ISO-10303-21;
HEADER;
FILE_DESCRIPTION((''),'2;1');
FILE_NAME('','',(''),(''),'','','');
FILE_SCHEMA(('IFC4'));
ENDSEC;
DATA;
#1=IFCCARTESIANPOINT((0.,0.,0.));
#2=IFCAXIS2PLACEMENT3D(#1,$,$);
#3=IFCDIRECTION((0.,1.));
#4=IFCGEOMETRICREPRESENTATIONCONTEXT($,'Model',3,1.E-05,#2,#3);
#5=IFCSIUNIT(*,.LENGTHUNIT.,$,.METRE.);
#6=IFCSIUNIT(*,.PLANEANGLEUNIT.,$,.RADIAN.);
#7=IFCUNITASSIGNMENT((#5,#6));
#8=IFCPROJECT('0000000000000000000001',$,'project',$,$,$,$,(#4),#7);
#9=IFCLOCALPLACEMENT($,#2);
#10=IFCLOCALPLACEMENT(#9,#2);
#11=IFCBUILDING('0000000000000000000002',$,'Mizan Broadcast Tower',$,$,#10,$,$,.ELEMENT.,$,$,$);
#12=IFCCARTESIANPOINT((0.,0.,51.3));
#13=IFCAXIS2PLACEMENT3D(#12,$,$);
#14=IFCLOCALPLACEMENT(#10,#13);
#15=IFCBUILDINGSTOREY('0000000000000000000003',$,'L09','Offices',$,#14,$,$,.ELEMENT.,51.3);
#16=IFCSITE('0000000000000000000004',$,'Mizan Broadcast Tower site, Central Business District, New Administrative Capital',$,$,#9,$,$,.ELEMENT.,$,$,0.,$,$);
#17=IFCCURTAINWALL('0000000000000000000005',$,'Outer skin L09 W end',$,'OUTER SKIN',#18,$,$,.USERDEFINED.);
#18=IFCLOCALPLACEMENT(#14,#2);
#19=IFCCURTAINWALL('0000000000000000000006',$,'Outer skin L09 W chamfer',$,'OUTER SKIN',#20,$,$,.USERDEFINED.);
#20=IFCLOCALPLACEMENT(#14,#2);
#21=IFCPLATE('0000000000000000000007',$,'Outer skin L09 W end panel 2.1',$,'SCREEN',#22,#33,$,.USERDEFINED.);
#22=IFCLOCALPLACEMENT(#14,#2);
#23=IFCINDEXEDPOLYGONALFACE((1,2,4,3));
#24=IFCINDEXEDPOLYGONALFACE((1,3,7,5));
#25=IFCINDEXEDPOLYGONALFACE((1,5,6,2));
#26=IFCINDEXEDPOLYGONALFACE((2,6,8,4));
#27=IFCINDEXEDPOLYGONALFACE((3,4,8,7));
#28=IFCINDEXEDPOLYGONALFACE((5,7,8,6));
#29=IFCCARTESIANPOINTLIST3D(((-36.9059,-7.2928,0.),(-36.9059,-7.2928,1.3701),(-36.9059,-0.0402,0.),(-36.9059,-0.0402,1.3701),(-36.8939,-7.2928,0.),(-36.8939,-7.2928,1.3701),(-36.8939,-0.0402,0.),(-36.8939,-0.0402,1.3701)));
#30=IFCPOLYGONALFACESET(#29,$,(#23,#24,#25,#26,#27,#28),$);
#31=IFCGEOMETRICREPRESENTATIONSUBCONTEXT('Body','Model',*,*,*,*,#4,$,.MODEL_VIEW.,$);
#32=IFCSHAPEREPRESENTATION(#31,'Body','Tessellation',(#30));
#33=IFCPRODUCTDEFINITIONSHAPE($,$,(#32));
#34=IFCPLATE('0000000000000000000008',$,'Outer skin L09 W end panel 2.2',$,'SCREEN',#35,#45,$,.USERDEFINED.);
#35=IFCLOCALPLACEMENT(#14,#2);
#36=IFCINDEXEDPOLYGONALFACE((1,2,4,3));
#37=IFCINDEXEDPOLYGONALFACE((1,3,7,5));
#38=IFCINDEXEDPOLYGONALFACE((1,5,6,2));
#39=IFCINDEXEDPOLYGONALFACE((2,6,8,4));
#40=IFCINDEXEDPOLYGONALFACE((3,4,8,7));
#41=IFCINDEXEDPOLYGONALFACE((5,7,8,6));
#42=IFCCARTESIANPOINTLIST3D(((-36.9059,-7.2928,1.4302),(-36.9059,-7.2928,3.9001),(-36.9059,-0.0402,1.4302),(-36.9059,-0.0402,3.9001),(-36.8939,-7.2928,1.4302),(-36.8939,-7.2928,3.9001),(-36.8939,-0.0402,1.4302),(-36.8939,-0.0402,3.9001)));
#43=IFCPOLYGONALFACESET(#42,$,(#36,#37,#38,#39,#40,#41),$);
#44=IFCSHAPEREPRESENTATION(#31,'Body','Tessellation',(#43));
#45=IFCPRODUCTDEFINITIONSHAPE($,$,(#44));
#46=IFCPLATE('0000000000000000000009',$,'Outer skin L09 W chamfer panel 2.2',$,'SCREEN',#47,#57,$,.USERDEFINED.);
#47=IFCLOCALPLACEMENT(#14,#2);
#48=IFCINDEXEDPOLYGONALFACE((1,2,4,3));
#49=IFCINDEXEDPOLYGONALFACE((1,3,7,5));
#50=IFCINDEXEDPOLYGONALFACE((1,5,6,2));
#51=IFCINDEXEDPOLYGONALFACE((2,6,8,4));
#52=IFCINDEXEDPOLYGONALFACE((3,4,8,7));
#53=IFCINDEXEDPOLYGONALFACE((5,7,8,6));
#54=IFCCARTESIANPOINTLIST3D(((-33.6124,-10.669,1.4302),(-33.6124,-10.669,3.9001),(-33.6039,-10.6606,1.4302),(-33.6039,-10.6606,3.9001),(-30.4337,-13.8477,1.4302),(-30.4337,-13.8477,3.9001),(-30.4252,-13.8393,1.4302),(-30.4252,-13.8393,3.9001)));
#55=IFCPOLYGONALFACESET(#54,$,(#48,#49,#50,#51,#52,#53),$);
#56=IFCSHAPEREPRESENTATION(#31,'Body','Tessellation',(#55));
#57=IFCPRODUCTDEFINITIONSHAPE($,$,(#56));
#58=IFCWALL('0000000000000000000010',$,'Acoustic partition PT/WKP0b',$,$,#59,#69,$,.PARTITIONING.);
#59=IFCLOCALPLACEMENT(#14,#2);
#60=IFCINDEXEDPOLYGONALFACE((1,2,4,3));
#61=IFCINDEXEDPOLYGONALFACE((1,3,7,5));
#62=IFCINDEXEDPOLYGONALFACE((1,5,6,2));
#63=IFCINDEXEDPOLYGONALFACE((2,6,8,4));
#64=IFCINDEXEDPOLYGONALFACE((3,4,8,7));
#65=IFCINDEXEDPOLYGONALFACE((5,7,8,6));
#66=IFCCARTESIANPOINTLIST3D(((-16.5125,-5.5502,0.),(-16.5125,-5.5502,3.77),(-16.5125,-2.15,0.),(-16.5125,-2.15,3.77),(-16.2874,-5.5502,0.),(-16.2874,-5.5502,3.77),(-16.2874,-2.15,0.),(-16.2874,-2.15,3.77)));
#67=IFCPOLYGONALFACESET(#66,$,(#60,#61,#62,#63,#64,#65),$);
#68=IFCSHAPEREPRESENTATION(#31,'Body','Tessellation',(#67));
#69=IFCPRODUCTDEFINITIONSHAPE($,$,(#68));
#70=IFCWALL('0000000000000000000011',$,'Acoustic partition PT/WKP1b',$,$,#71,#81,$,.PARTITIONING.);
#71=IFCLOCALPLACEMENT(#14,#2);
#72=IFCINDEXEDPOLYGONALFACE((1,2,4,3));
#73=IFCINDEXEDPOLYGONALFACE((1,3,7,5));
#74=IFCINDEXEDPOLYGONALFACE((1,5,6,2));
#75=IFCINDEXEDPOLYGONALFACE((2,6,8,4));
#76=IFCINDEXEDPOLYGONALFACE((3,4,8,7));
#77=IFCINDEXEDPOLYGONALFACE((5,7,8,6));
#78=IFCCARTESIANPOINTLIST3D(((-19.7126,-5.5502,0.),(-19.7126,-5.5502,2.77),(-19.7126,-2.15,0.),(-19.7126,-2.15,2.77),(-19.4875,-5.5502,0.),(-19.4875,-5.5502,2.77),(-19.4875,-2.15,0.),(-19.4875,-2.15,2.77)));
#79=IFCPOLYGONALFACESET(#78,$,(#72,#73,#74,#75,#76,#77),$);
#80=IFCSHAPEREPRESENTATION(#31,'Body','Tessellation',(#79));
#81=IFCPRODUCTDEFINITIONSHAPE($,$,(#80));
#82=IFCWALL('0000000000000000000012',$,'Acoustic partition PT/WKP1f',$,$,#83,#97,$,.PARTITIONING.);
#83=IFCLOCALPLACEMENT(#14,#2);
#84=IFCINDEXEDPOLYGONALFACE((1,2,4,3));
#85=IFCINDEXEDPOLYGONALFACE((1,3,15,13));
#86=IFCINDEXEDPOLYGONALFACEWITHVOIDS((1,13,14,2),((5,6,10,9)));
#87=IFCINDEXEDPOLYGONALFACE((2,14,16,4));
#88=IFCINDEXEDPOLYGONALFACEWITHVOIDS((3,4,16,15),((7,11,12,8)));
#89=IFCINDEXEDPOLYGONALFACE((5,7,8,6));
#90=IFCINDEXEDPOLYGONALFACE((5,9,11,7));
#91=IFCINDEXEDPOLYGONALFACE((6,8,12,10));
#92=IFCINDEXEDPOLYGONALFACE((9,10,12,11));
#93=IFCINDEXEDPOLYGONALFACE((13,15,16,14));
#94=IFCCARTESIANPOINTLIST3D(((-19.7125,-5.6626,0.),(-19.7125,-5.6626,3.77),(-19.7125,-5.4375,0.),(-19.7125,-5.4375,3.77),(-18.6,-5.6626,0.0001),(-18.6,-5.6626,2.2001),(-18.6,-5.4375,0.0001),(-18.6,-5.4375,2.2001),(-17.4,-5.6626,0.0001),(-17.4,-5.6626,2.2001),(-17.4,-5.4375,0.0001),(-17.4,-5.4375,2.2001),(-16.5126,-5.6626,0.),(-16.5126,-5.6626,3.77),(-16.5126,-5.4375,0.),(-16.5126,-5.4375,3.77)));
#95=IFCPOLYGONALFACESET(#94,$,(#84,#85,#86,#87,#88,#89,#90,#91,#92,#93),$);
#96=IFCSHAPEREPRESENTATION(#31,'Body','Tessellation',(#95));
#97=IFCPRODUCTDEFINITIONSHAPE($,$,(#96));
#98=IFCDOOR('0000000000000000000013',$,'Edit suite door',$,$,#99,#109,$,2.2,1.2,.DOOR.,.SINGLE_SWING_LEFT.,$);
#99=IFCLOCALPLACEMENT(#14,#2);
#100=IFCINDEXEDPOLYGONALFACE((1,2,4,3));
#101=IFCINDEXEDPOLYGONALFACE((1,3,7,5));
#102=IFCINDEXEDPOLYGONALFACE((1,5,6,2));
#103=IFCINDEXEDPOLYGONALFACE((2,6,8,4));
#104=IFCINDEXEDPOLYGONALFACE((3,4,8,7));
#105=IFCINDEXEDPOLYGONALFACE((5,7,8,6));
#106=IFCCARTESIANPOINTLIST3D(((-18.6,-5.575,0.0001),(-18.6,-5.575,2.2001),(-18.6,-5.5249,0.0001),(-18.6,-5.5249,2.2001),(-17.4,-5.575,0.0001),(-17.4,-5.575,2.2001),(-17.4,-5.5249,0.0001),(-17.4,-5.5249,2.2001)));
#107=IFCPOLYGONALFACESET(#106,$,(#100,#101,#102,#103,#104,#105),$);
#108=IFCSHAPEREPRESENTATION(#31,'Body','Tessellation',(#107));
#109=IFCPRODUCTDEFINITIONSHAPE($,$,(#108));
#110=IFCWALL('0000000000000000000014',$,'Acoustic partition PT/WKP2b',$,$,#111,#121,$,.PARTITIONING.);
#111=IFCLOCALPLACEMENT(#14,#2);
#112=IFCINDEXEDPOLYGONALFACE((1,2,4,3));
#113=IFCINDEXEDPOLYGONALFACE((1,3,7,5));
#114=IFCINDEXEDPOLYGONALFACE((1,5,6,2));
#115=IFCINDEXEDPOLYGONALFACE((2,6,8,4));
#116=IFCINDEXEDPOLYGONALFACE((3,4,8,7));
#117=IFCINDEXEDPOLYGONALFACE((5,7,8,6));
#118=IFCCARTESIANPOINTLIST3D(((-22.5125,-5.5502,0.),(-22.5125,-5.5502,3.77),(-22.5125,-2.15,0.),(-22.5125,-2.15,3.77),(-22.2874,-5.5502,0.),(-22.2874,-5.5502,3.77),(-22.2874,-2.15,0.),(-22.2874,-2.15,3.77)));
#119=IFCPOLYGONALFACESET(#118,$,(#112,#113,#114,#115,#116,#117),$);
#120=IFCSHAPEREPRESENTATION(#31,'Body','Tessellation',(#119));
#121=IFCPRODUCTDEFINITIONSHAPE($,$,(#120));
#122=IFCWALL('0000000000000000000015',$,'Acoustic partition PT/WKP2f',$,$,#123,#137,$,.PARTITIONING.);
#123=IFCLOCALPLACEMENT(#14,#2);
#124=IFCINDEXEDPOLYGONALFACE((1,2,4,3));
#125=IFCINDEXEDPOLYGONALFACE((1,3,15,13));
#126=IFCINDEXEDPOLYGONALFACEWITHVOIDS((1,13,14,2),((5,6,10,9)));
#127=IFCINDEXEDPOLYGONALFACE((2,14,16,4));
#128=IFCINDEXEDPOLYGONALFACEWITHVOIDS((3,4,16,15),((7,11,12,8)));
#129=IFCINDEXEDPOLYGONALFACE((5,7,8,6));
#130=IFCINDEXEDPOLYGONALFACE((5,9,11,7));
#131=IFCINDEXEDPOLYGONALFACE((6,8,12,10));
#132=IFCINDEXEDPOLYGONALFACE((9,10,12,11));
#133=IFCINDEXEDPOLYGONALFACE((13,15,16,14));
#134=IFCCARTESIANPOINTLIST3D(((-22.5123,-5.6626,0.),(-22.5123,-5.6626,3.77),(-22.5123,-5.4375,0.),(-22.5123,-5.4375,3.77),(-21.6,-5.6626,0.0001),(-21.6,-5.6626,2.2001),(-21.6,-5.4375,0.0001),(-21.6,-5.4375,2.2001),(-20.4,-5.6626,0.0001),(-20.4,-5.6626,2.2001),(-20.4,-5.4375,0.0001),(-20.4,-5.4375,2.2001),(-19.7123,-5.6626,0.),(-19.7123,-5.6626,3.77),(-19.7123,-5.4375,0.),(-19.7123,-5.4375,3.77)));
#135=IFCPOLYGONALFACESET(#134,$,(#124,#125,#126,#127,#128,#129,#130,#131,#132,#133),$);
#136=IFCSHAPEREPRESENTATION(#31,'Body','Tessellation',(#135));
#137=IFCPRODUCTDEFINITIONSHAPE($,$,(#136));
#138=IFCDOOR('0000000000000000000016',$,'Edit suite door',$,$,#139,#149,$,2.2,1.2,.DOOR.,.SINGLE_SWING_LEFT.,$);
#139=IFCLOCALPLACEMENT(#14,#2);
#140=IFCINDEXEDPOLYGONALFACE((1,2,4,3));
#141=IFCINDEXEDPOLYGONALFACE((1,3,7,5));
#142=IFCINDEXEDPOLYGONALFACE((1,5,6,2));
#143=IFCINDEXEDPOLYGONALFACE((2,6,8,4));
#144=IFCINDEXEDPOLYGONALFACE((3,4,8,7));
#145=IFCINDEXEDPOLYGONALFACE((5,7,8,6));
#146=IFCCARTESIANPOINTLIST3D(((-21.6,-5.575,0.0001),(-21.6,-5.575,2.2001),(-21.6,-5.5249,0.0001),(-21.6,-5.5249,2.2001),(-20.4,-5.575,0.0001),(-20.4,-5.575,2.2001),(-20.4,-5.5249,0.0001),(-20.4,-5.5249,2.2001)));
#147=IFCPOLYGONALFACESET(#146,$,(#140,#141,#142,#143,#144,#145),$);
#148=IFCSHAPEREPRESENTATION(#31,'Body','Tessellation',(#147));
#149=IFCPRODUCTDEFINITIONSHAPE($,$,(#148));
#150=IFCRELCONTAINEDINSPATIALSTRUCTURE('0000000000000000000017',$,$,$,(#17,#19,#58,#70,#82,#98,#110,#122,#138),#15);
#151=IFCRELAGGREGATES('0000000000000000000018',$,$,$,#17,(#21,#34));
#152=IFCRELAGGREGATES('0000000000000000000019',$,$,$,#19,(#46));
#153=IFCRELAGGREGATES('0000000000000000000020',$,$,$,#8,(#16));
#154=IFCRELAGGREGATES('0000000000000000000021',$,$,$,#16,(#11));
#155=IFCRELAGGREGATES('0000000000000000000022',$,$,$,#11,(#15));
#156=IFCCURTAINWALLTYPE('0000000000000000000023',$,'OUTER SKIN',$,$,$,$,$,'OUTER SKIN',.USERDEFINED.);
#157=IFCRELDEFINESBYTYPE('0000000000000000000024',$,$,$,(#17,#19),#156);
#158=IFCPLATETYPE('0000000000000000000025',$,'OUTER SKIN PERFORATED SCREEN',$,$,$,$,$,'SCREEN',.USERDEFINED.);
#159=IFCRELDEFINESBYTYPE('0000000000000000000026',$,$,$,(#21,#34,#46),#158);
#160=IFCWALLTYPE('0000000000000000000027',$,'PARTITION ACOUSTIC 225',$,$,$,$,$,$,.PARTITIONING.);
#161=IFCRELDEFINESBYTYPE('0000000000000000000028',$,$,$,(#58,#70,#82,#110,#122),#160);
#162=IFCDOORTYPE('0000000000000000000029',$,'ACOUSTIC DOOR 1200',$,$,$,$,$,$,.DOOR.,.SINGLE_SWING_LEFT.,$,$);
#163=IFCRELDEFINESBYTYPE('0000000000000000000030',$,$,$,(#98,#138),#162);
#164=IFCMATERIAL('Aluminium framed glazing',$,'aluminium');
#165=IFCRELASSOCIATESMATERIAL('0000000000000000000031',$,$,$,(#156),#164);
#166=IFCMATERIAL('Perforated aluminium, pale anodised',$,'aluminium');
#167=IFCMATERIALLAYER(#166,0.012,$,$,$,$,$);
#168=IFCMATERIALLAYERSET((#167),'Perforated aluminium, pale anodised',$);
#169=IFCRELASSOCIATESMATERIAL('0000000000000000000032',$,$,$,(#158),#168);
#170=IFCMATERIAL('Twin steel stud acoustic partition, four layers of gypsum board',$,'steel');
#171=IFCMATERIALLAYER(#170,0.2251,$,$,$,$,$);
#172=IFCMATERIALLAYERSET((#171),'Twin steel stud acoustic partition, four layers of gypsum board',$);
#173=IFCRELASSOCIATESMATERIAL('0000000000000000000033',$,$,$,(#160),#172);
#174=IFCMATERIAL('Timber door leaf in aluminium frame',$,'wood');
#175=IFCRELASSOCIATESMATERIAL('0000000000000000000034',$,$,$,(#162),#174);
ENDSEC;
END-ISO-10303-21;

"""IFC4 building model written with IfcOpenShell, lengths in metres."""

from ifc_helpers import new_model, si_unit, direction, frame, frame_2d, origin, origin_2d, place, context, subcontext, project, spatial, rectangle, extrude, material, layer, layer_set, type_object, element, fill, aggregate, save


model = new_model("IFC4")

# Units and contexts
model_context = context("Model", 3, precision=1e-05, world=origin(), true_north=direction((0.0, 1.0)))
body_context = subcontext(model_context, "Body", "Model", "MODEL_VIEW")
ifc_project = project(units=[si_unit("LENGTHUNIT", "METRE"), si_unit("PLANEANGLEUNIT", "RADIAN")], contexts=[model_context])

# Site, building, storey
site_placement = place(None, origin())
site = spatial("IfcSite", under=ifc_project, at=site_placement, Name="Mizan Broadcast Tower site, Central Business District, New Administrative Capital", CompositionType="ELEMENT", RefElevation=0.0)
building_placement = place(site_placement, origin())
building = spatial("IfcBuilding", under=site, at=building_placement, Name="Mizan Broadcast Tower", CompositionType="ELEMENT")
storey_placement = place(building_placement, frame((0.0, 0.0, 51.3)))
storey = spatial("IfcBuildingStorey", under=building, at=storey_placement, Name="L09", Description="Offices", CompositionType="ELEMENT", Elevation=51.3)

# Curtain walls
ifc_material_1 = material(Name="Aluminium framed glazing", Category="aluminium")
curtain_wall_type_1 = type_object("IfcCurtainWallType", Name="OUTER SKIN", ElementType="OUTER SKIN", PredefinedType="USERDEFINED", material=ifc_material_1)
curtain_wall_1_placement = place(storey_placement, origin())
curtain_wall_1 = element("IfcCurtainWall", 1, at=curtain_wall_1_placement, inside=storey, type_object=curtain_wall_type_1, Name="Outer skin L09 W end", ObjectType="OUTER SKIN", PredefinedType="USERDEFINED")
curtain_wall_2_placement = place(storey_placement, origin())
curtain_wall_2 = element("IfcCurtainWall", 2, at=curtain_wall_2_placement, inside=storey, type_object=curtain_wall_type_1, Name="Outer skin L09 W chamfer", ObjectType="OUTER SKIN", PredefinedType="USERDEFINED")

# Plates
ifc_material_2 = material(Name="Perforated aluminium, pale anodised", Category="aluminium")
ifc_layer_1 = layer(ifc_material_2, 0.012)
ifc_layer_set_1 = layer_set([ifc_layer_1], Name="Perforated aluminium, pale anodised")
plate_type_1 = type_object("IfcPlateType", Name="OUTER SKIN PERFORATED SCREEN", ElementType="SCREEN", PredefinedType="USERDEFINED", material=ifc_layer_set_1)
plate_1_placement = place(storey_placement, frame((-36.8999, -3.6665, 0.0), z_axis=(0.0, 0.0, 1.0), x_axis=(0.0, -1.0, 0.0)))
plate_1 = element("IfcPlate", 3, at=plate_1_placement, type_object=plate_type_1, Name="Outer skin L09 W end panel 2.1", ObjectType="SCREEN", PredefinedType="USERDEFINED", context=body_context, shape_type="SweptSolid", body=[
    extrude(rectangle(XDim=7.2527, YDim=0.012, at=origin_2d()), origin(), (0.0, 0.0, 1.0), 1.3701),
])
plate_2_placement = place(storey_placement, frame((-36.8999, -3.6665, 1.4302), z_axis=(0.0, 0.0, 1.0), x_axis=(0.0, -1.0, 0.0)))
plate_2 = element("IfcPlate", 4, at=plate_2_placement, type_object=plate_type_1, Name="Outer skin L09 W end panel 2.2", ObjectType="SCREEN", PredefinedType="USERDEFINED", context=body_context, shape_type="SweptSolid", body=[
    extrude(rectangle(XDim=7.2527, YDim=0.012, at=origin_2d()), origin(), (0.0, 0.0, 1.0), 2.47),
])
aggregate(curtain_wall_1, [plate_1, plate_2])
plate_3_placement = place(storey_placement, frame((-32.0188, -12.2542, 1.4302), z_axis=(0.0, 0.0, 1.0), x_axis=(0.707107, -0.707107, 0.0)))
plate_3 = element("IfcPlate", 5, at=plate_3_placement, type_object=plate_type_1, Name="Outer skin L09 W chamfer panel 2.2", ObjectType="SCREEN", PredefinedType="USERDEFINED", context=body_context, shape_type="SweptSolid", body=[
    extrude(rectangle(XDim=4.4954, YDim=0.012, at=origin_2d()), origin(), (0.0, 0.0, 1.0), 2.47),
])
aggregate(curtain_wall_2, [plate_3])

# Walls
ifc_material_3 = material(Name="Twin steel stud acoustic partition, four layers of gypsum board", Category="steel")
ifc_layer_2 = layer(ifc_material_3, 0.2251)
ifc_layer_set_2 = layer_set([ifc_layer_2], Name="Twin steel stud acoustic partition, four layers of gypsum board")
wall_type = type_object("IfcWallType", Name="PARTITION ACOUSTIC 225", PredefinedType="PARTITIONING", material=ifc_layer_set_2)
wall_1_placement = place(storey_placement, frame((-16.3999, -2.1499, 0.0), z_axis=(0.0, 0.0, 1.0), x_axis=(0.0, -1.0, 0.0)))
element("IfcWall", 6, at=wall_1_placement, inside=storey, type_object=wall_type, Name="Acoustic partition PT/WKP0b", PredefinedType="PARTITIONING", context=body_context, shape_type="SweptSolid", body=[
    extrude(rectangle(XDim=3.4001, YDim=0.2251, at=frame_2d((1.7002, 0.0))), origin(), (0.0, 0.0, 1.0), 3.77),
])
wall_2_placement = place(storey_placement, frame((-19.6001, -2.1499, 0.0), z_axis=(0.0, 0.0, 1.0), x_axis=(0.0, -1.0, 0.0)))
element("IfcWall", 7, at=wall_2_placement, inside=storey, type_object=wall_type, Name="Acoustic partition PT/WKP1b", PredefinedType="PARTITIONING", context=body_context, shape_type="SweptSolid", body=[
    extrude(rectangle(XDim=3.4001, YDim=0.2251, at=frame_2d((1.7002, 0.0))), origin(), (0.0, 0.0, 1.0), 2.77),
])

# Wall, opening, door
wall_3_placement = place(storey_placement, frame((-16.5125, -5.55, 0.0), z_axis=(0.0, 0.0, 1.0), x_axis=(-1.0, 0.0, 0.0)))
wall_3 = element("IfcWall", 8, at=wall_3_placement, inside=storey, type_object=wall_type, Name="Acoustic partition PT/WKP1f", PredefinedType="PARTITIONING", context=body_context, shape_type="SweptSolid", body=[
    extrude(rectangle(XDim=3.2, YDim=0.2251, at=frame_2d((1.6001, 0.0))), origin(), (0.0, 0.0, 1.0), 3.77),
])
opening_1_placement = place(wall_3_placement, frame((0.8875, 0.0, 0.0)))
opening_1 = element("IfcOpeningElement", 9, at=opening_1_placement, cuts=wall_3, PredefinedType="OPENING", context=body_context, shape_type="SweptSolid", body=[
    extrude(rectangle(XDim=1.2, YDim=2.2, at=frame_2d((0.6001, 1.1001))), frame((0.0, 0.1226, 0.0), z_axis=(0.0, -1.0, 0.0), x_axis=(1.0, 0.0, 0.0)), (0.0, 0.0, 1.0), 0.2451),
])
ifc_material_4 = material(Name="Timber door leaf in aluminium frame", Category="wood")
door_type = type_object("IfcDoorType", Name="ACOUSTIC DOOR 1200", OperationType="SINGLE_SWING_LEFT", PredefinedType="DOOR", material=ifc_material_4)
door_1_placement = place(opening_1_placement, origin())
door_1 = element("IfcDoor", 10, at=door_1_placement, inside=storey, type_object=door_type, Name="Edit suite door", OperationType="SINGLE_SWING_LEFT", OverallHeight=2.2, OverallWidth=1.2, PredefinedType="DOOR", context=body_context, shape_type="SweptSolid", body=[
    extrude(rectangle(XDim=1.2, YDim=2.2, at=frame_2d((0.6001, 1.1001))), frame((0.0, 0.0249, 0.0), z_axis=(0.0, -1.0, 0.0), x_axis=(1.0, 0.0, 0.0)), (0.0, 0.0, 1.0), 0.05),
])
fill(opening_1, door_1)

# Wall
wall_4_placement = place(storey_placement, frame((-22.3999, -2.1499, 0.0), z_axis=(0.0, 0.0, 1.0), x_axis=(0.0, -1.0, 0.0)))
element("IfcWall", 11, at=wall_4_placement, inside=storey, type_object=wall_type, Name="Acoustic partition PT/WKP2b", PredefinedType="PARTITIONING", context=body_context, shape_type="SweptSolid", body=[
    extrude(rectangle(XDim=3.4001, YDim=0.2251, at=frame_2d((1.7002, 0.0))), origin(), (0.0, 0.0, 1.0), 3.77),
])

# Wall, opening, door
wall_5_placement = place(storey_placement, frame((-19.7124, -5.55, 0.0), z_axis=(0.0, 0.0, 1.0), x_axis=(-1.0, 0.0, 0.0)))
wall_5 = element("IfcWall", 12, at=wall_5_placement, inside=storey, type_object=wall_type, Name="Acoustic partition PT/WKP2f", PredefinedType="PARTITIONING", context=body_context, shape_type="SweptSolid", body=[
    extrude(rectangle(XDim=2.8, YDim=0.2251, at=frame_2d((1.3999, 0.0))), origin(), (0.0, 0.0, 1.0), 3.77),
])
opening_2_placement = place(wall_5_placement, frame((0.6875, 0.0, 0.0)))
opening_2 = element("IfcOpeningElement", 13, at=opening_2_placement, cuts=wall_5, PredefinedType="OPENING", context=body_context, shape_type="SweptSolid", body=[
    extrude(rectangle(XDim=1.2, YDim=2.2, at=frame_2d((0.6001, 1.1001))), frame((0.0, 0.1226, 0.0), z_axis=(0.0, -1.0, 0.0), x_axis=(1.0, 0.0, 0.0)), (0.0, 0.0, 1.0), 0.2451),
])
door_2_placement = place(opening_2_placement, origin())
door_2 = element("IfcDoor", 14, at=door_2_placement, inside=storey, type_object=door_type, Name="Edit suite door", OperationType="SINGLE_SWING_LEFT", OverallHeight=2.2, OverallWidth=1.2, PredefinedType="DOOR", context=body_context, shape_type="SweptSolid", body=[
    extrude(rectangle(XDim=1.2, YDim=2.2, at=frame_2d((0.6001, 1.1001))), frame((0.0, 0.0249, 0.0), z_axis=(0.0, -1.0, 0.0), x_axis=(1.0, 0.0, 0.0)), (0.0, 0.0, 1.0), 0.05),
])
fill(opening_2, door_2)

save(model, "model.ifc")
